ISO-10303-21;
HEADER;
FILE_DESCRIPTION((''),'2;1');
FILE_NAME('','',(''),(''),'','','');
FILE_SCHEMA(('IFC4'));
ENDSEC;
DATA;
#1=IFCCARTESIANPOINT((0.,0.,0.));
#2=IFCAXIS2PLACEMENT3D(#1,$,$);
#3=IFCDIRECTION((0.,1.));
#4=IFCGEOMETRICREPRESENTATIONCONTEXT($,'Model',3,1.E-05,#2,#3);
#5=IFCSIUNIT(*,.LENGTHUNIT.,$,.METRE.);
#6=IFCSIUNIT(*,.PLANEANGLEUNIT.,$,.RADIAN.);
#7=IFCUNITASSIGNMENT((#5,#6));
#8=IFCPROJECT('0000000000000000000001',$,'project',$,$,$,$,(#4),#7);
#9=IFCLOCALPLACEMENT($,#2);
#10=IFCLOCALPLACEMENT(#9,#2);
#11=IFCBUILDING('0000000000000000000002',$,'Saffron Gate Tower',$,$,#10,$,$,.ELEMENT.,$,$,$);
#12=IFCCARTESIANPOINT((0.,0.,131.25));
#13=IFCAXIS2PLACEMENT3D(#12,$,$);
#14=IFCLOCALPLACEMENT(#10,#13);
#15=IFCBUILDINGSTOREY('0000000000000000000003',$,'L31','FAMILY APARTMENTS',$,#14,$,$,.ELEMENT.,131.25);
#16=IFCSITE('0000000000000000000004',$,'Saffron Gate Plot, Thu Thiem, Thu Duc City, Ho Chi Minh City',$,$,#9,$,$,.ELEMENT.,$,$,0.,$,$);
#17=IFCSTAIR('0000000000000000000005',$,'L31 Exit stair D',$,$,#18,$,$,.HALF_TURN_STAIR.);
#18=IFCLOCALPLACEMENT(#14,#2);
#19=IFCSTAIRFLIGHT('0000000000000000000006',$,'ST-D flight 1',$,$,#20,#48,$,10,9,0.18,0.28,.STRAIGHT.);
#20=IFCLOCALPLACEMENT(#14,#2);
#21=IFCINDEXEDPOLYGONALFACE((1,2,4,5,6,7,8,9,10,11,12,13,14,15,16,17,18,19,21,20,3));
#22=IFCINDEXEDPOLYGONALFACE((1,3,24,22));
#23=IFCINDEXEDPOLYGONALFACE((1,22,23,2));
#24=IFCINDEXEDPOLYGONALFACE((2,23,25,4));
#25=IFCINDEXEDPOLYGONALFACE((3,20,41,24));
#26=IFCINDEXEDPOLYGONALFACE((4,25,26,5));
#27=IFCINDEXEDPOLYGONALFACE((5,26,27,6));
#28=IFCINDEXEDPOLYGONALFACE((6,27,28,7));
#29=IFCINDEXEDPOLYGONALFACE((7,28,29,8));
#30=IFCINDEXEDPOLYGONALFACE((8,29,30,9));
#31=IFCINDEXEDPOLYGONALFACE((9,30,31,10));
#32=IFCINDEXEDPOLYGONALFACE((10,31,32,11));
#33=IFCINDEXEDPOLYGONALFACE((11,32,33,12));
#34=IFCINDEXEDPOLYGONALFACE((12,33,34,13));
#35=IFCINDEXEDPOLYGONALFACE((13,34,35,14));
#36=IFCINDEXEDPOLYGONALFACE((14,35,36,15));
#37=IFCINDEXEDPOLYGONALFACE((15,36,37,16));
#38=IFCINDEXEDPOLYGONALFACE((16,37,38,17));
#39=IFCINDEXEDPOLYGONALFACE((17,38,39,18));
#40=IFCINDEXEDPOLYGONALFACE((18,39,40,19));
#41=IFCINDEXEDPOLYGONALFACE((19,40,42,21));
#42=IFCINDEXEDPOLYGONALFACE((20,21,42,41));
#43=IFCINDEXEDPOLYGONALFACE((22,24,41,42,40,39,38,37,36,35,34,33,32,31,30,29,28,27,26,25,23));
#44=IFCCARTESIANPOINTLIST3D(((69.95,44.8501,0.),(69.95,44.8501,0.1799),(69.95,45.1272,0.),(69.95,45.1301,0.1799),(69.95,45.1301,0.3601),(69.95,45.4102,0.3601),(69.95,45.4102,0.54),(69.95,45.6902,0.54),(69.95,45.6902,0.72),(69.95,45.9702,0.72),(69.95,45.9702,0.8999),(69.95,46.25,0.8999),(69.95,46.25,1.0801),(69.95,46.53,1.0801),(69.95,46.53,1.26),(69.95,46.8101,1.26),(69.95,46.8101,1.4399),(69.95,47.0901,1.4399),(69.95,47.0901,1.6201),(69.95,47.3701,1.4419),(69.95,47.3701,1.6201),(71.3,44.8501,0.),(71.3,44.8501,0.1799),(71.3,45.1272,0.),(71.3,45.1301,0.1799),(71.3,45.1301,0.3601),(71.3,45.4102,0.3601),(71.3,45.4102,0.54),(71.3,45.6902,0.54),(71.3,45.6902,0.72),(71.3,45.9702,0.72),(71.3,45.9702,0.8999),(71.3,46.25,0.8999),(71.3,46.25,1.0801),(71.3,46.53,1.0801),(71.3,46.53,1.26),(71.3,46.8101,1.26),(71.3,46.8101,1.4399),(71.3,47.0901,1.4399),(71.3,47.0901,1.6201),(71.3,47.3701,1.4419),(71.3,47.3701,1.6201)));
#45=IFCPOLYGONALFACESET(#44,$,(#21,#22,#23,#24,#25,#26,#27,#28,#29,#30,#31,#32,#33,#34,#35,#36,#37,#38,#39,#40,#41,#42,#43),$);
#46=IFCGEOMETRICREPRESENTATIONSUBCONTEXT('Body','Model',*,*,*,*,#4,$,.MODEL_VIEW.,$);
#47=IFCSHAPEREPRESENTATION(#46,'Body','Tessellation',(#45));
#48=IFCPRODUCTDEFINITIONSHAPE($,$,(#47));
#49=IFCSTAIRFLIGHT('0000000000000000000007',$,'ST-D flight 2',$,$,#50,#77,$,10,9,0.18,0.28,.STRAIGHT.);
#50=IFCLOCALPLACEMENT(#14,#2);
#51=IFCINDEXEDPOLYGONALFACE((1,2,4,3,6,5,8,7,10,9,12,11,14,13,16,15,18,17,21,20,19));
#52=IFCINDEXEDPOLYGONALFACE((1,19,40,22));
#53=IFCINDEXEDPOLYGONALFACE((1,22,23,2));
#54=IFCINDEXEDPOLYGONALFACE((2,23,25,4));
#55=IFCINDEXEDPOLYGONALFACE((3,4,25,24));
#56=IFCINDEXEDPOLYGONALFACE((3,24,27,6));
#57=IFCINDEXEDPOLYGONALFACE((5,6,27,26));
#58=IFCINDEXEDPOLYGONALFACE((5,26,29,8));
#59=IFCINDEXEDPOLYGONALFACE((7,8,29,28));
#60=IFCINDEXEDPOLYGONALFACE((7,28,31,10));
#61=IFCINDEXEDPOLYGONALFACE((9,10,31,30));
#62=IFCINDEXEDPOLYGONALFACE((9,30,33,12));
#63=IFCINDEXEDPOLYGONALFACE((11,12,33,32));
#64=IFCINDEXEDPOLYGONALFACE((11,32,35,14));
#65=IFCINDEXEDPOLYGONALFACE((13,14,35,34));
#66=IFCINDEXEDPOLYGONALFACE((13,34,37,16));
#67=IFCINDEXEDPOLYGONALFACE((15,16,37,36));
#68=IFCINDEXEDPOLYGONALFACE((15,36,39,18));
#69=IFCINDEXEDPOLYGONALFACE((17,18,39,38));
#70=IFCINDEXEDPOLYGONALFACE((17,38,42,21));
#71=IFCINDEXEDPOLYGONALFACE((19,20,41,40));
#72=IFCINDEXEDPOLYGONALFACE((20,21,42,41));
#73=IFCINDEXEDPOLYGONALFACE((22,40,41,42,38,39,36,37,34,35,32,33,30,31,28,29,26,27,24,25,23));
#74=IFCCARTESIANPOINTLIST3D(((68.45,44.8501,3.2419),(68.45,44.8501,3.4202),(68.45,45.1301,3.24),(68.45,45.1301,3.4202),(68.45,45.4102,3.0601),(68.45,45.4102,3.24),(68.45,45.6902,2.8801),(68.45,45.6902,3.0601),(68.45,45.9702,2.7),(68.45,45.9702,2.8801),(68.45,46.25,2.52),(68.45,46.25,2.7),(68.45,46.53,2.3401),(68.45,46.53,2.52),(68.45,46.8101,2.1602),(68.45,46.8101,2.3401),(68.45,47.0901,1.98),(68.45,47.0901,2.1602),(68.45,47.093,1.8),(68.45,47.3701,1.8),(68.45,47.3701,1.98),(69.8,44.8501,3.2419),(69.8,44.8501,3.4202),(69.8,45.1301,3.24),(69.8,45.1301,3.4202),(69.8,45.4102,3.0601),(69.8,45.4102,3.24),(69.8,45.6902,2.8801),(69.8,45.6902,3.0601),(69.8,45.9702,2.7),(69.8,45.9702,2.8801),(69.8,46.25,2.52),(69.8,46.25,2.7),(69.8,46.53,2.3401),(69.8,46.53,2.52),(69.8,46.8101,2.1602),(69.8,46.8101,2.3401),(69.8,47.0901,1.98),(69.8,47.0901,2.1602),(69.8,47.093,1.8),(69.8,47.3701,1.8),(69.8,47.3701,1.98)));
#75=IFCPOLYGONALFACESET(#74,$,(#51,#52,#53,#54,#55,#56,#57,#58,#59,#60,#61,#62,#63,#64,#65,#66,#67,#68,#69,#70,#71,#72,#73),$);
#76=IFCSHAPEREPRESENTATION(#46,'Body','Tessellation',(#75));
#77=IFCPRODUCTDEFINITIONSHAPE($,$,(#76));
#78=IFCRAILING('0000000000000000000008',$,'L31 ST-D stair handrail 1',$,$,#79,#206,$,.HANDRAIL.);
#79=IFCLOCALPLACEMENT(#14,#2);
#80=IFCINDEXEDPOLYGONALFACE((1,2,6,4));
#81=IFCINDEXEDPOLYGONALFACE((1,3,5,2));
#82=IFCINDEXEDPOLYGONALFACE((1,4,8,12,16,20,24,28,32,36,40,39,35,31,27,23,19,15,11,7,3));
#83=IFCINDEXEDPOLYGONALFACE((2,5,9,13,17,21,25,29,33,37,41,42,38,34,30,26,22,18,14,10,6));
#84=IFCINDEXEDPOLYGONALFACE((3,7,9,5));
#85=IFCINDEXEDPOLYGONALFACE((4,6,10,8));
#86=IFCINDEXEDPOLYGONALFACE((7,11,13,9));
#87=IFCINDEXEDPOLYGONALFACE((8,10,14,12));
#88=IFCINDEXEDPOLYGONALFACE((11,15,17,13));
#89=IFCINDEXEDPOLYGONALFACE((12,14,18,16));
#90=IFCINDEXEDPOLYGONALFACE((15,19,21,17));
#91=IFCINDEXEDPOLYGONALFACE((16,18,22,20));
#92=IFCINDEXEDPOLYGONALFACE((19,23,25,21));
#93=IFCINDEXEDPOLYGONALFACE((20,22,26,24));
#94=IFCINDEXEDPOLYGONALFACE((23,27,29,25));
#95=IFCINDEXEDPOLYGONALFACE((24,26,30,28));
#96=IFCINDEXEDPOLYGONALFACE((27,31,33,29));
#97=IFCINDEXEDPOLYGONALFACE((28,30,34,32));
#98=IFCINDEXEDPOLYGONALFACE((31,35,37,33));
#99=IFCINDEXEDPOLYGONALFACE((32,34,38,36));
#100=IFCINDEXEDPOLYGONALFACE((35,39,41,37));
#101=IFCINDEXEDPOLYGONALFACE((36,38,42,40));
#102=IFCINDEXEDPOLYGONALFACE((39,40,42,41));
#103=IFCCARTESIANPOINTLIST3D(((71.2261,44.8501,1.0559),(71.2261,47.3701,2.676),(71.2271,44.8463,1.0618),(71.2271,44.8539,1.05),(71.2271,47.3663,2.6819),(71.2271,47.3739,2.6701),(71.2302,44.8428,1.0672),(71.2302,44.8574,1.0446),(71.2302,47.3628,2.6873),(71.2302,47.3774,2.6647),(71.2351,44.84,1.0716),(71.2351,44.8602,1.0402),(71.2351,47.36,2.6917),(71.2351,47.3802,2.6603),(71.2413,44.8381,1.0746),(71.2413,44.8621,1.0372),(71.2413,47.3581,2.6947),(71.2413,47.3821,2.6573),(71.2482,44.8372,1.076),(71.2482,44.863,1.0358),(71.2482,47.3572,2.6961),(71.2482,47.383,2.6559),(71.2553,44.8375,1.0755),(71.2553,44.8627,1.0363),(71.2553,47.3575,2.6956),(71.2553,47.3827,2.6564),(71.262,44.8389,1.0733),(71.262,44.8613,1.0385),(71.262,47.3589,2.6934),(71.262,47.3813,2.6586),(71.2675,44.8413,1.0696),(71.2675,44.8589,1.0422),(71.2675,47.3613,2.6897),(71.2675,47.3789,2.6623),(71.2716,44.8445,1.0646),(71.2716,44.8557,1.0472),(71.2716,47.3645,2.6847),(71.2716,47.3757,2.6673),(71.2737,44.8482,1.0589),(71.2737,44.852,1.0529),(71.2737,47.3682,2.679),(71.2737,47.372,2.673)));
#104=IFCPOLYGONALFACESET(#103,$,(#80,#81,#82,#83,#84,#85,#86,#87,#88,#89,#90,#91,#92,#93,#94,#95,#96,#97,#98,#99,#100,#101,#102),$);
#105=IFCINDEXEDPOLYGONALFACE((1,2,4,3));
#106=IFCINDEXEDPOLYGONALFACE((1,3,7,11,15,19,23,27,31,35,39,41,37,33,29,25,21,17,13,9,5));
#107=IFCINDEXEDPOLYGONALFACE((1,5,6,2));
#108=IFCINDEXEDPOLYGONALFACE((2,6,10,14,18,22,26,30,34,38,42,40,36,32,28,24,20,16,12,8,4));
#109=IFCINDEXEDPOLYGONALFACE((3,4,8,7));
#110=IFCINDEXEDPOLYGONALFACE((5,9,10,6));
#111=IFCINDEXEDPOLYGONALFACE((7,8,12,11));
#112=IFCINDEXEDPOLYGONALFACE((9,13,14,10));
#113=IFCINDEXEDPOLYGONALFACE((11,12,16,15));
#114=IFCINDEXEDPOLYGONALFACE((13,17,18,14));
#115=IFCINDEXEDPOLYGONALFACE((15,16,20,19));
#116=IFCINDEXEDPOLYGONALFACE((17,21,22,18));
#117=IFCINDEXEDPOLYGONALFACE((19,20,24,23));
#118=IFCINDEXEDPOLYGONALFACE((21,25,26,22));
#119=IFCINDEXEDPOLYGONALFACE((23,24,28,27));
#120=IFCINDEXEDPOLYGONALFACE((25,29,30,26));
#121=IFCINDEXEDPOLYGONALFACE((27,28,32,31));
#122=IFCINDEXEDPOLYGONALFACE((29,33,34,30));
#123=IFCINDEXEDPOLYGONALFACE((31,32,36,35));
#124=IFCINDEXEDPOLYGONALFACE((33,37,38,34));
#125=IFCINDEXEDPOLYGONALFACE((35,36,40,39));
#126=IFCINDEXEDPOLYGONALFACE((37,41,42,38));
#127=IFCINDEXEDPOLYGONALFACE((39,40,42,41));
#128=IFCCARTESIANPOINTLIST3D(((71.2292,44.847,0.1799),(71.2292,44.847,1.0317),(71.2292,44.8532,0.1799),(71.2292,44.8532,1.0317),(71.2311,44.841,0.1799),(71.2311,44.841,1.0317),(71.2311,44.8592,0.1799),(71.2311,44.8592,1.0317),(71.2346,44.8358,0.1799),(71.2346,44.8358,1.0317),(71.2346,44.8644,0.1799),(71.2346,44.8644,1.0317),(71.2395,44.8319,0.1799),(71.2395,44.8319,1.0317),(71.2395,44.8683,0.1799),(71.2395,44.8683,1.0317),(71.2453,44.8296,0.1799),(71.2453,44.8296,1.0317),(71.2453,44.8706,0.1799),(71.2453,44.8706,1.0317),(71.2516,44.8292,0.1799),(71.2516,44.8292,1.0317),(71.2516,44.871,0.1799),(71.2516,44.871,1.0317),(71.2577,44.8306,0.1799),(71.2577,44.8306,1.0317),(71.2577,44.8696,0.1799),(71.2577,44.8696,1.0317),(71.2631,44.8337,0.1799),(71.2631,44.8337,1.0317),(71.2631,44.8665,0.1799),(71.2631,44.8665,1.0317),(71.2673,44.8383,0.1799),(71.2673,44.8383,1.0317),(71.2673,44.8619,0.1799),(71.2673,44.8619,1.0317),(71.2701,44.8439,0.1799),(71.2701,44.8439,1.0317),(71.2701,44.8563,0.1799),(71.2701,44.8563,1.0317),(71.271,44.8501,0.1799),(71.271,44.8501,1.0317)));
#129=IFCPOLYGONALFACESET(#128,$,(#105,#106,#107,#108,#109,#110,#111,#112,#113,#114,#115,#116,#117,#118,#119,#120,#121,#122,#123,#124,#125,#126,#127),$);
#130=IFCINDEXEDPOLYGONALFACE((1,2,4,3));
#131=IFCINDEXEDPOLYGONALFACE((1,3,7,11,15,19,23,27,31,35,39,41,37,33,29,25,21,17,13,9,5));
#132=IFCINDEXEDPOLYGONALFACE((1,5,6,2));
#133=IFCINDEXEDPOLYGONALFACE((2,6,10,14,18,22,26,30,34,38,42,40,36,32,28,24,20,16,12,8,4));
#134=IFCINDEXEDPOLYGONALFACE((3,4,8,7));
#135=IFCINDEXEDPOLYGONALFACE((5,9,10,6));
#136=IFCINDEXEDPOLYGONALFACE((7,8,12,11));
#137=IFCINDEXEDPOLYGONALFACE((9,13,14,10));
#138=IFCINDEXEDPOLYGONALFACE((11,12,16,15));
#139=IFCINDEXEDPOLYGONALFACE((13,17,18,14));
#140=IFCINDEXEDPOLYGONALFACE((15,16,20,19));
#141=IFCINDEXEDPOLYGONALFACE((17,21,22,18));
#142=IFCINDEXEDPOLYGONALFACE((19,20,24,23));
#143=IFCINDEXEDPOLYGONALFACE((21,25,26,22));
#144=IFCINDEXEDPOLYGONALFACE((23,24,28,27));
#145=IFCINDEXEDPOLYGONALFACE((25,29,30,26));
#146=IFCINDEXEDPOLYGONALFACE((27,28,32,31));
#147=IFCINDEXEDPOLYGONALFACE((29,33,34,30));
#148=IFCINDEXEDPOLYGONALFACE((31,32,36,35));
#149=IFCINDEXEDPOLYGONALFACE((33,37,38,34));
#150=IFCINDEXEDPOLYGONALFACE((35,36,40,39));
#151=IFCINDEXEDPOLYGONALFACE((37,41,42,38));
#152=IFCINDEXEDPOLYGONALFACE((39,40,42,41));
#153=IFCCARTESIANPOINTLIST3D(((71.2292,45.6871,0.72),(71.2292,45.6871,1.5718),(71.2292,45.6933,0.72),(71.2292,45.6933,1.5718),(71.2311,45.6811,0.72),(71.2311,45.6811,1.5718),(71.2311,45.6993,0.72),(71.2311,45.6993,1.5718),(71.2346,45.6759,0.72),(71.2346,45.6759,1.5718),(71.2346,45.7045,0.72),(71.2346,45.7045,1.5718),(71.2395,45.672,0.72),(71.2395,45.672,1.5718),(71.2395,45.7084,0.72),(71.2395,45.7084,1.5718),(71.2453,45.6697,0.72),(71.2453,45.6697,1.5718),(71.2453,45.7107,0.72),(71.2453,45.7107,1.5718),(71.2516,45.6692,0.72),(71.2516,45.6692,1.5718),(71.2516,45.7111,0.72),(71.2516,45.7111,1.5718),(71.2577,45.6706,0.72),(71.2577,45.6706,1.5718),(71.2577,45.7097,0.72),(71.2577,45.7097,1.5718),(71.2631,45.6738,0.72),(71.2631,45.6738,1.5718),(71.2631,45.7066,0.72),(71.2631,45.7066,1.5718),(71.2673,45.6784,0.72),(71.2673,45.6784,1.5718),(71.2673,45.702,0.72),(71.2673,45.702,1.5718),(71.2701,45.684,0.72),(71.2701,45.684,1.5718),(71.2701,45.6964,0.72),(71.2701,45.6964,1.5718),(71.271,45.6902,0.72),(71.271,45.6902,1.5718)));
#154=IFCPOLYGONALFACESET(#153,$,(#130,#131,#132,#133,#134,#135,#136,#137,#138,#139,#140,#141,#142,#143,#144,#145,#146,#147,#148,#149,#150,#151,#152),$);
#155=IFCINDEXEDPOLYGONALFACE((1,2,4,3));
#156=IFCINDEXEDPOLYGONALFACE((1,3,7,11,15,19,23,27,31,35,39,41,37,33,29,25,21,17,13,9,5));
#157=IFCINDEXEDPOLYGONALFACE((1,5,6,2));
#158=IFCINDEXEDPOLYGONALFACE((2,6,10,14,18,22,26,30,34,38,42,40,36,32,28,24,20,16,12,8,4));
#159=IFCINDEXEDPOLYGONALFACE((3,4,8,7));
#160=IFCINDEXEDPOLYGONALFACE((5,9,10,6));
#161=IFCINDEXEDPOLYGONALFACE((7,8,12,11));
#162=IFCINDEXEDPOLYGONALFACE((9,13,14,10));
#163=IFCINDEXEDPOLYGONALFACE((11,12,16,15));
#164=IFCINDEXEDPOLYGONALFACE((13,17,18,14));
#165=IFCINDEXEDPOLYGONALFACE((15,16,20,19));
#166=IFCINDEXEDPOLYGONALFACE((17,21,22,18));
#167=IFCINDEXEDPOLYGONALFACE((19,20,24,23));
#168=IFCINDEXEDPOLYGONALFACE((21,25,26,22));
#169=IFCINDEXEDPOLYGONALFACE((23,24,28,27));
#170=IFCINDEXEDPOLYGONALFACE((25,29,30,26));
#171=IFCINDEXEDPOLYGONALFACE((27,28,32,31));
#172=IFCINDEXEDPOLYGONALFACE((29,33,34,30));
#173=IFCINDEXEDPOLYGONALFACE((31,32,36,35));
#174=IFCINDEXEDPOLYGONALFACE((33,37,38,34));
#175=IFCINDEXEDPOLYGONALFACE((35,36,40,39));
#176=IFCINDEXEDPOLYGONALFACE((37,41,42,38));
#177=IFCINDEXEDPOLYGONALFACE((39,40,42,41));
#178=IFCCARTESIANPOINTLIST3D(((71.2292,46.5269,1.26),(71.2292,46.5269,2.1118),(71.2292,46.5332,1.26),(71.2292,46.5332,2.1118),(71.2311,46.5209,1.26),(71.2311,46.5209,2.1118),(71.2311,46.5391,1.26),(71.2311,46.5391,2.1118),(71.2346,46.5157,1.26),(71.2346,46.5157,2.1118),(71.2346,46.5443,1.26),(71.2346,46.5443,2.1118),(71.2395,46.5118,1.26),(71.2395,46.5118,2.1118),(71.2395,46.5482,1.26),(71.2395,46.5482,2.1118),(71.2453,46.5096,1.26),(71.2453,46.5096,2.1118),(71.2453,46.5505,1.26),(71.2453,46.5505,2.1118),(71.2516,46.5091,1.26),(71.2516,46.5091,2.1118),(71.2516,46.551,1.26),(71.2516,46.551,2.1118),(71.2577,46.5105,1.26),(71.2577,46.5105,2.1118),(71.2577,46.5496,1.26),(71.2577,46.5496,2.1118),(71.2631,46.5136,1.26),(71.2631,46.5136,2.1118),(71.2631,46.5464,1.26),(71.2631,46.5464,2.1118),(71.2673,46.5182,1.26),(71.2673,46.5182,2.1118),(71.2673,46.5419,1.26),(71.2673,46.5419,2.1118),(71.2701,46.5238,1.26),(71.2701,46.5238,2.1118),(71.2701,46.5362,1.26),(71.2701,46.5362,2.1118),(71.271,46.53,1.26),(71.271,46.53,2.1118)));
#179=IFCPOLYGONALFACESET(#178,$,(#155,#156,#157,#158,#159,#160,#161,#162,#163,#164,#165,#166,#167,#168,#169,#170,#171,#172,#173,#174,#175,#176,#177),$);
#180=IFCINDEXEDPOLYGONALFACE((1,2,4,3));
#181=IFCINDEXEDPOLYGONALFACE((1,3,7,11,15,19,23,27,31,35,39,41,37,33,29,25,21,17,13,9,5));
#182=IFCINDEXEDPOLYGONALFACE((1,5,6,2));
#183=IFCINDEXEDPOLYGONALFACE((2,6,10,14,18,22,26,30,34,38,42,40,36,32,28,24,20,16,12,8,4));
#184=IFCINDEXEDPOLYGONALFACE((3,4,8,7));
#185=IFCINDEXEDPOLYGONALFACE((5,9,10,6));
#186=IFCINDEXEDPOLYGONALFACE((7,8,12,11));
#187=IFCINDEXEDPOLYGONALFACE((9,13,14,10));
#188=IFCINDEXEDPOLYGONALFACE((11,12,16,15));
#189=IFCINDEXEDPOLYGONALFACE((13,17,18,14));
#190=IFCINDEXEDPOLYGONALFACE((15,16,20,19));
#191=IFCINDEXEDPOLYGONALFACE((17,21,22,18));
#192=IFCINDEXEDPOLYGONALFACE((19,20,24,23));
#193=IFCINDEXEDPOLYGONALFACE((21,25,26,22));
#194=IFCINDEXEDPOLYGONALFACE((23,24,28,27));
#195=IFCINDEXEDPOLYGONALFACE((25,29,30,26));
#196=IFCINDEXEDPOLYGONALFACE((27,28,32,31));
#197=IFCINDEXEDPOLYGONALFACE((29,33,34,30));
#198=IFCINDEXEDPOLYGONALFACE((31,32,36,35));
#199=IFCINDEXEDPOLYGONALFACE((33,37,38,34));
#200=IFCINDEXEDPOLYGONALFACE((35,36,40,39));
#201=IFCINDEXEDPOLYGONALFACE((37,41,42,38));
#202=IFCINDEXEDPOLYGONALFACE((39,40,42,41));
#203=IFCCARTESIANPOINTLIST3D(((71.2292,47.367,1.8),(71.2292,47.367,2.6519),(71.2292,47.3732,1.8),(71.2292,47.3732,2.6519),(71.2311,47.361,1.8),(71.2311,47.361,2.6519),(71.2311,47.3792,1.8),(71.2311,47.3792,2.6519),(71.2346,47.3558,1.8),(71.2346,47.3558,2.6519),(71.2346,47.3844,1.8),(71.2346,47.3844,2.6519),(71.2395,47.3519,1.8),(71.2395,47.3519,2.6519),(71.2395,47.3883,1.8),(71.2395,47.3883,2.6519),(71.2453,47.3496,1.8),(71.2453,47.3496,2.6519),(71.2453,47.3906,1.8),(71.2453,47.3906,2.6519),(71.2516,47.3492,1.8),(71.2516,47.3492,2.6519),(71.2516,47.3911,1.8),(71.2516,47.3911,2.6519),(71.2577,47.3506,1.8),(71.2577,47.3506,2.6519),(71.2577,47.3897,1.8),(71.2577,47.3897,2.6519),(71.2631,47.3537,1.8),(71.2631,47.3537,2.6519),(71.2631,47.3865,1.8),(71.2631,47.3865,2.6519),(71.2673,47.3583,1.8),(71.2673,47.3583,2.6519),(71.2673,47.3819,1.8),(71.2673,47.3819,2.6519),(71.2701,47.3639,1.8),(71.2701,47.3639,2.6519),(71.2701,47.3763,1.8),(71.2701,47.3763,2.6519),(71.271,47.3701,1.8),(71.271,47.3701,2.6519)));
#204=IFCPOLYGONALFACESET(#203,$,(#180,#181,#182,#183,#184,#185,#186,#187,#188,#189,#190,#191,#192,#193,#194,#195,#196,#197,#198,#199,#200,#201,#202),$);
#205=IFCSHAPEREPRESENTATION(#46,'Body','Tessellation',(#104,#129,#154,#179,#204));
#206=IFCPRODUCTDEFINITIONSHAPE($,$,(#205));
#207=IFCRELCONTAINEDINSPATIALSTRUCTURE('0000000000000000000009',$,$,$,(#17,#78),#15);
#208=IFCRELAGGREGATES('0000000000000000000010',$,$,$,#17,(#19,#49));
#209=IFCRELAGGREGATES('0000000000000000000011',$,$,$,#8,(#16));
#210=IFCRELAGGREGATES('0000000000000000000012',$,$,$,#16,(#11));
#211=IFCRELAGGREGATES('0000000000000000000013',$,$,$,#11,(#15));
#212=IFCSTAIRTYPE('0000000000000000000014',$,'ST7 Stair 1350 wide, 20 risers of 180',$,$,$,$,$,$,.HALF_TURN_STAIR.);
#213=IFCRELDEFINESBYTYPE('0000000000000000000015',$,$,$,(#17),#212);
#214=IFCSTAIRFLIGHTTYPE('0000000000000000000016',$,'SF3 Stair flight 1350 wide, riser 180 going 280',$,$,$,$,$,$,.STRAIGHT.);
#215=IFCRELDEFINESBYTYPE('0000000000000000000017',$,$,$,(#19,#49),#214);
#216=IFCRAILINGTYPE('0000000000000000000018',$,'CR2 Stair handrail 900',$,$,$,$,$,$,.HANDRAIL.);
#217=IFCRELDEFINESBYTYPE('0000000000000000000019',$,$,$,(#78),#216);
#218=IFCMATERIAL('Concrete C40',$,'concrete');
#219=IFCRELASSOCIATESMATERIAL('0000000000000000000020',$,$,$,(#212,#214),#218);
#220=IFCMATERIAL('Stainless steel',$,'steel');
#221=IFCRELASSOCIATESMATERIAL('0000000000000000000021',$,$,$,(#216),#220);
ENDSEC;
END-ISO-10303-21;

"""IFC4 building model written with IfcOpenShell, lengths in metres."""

from ifc_helpers import new_model, si_unit, direction, frame, origin, origin_2d, place, context, subcontext, project, spatial, polyline, circle, outline, extrude, material, type_object, element, aggregate, save


model = new_model("IFC4")

# Units and contexts
model_context = context("Model", 3, precision=1e-05, world=origin(), true_north=direction((0.0, 1.0)))
body_context = subcontext(model_context, "Body", "Model", "MODEL_VIEW")
ifc_project = project(units=[si_unit("LENGTHUNIT", "METRE"), si_unit("PLANEANGLEUNIT", "RADIAN")], contexts=[model_context])

# Site, building, storey
site_placement = place(None, origin())
site = spatial("IfcSite", under=ifc_project, at=site_placement, Name="Saffron Gate Plot, Thu Thiem, Thu Duc City, Ho Chi Minh City", CompositionType="ELEMENT", RefElevation=0.0)
building_placement = place(site_placement, origin())
building = spatial("IfcBuilding", under=site, at=building_placement, Name="Saffron Gate Tower", CompositionType="ELEMENT")
storey_placement = place(building_placement, frame((0.0, 0.0, 131.25)))
storey = spatial("IfcBuildingStorey", under=building, at=storey_placement, Name="L31", Description="FAMILY APARTMENTS", CompositionType="ELEMENT", Elevation=131.25)

# Stair, stair flights
ifc_material_1 = material(Name="Concrete C40", Category="concrete")
stair_type = type_object("IfcStairType", Name="ST7 Stair 1350 wide, 20 risers of 180", PredefinedType="HALF_TURN_STAIR", material=ifc_material_1)
stair_placement = place(storey_placement, origin())
stair = element("IfcStair", 1, at=stair_placement, inside=storey, type_object=stair_type, Name="L31 Exit stair D", PredefinedType="HALF_TURN_STAIR")
stair_flight_type = type_object("IfcStairFlightType", Name="SF3 Stair flight 1350 wide, riser 180 going 280", PredefinedType="STRAIGHT", material=ifc_material_1)
stair_flight_1_placement = place(storey_placement, frame((70.625, 44.8501, 0.0), z_axis=(0.0, 0.0, 1.0), x_axis=(0.0, 1.0, 0.0)))
stair_flight_1 = element("IfcStairFlight", 2, at=stair_flight_1_placement, type_object=stair_flight_type, Name="ST-D flight 1", NumberOfRisers=10, NumberOfTreads=9, PredefinedType="STRAIGHT", RiserHeight=0.18, TreadLength=0.28, context=body_context, shape_type="SweptSolid", body=[
    extrude(outline(polyline([(0.0, 0.0), (0.0, 0.1799), (0.28, 0.1799), (0.28, 0.3601), (0.5601, 0.3601), (0.5601, 0.54), (0.8401, 0.54), (0.8401, 0.72), (1.1201, 0.72), (1.1201, 0.8999), (1.3999, 0.8999), (1.3999, 1.0801), (1.6799, 1.0801), (1.6799, 1.26), (1.96, 1.26), (1.96, 1.4399), (2.24, 1.4399), (2.24, 1.6201), (2.52, 1.6201), (2.52, 1.8), (2.52, 1.4419), (0.2771, 0.0), (0.0, 0.0)])), frame((0.0, 0.675, 0.0), z_axis=(0.0, -1.0, 0.0), x_axis=(1.0, 0.0, 0.0)), (0.0, 0.0, 1.0), 1.3501),
])
stair_flight_2_placement = place(storey_placement, frame((69.125, 47.3701, 1.8), z_axis=(0.0, 0.0, 1.0), x_axis=(0.0, -1.0, 0.0)))
stair_flight_2 = element("IfcStairFlight", 3, at=stair_flight_2_placement, type_object=stair_flight_type, Name="ST-D flight 2", NumberOfRisers=10, NumberOfTreads=9, PredefinedType="STRAIGHT", RiserHeight=0.18, TreadLength=0.28, context=body_context, shape_type="SweptSolid", body=[
    extrude(outline(polyline([(0.0, 0.0), (0.0, 0.1799), (0.28, 0.1799), (0.28, 0.3601), (0.5601, 0.3601), (0.5601, 0.54), (0.8401, 0.54), (0.8401, 0.72), (1.1201, 0.72), (1.1201, 0.8999), (1.3999, 0.8999), (1.3999, 1.0801), (1.6799, 1.0801), (1.6799, 1.26), (1.96, 1.26), (1.96, 1.4399), (2.24, 1.4399), (2.24, 1.6201), (2.52, 1.6201), (2.52, 1.8), (2.52, 1.4419), (0.2771, 0.0), (0.0, 0.0)])), frame((0.0, 0.675, 0.0), z_axis=(0.0, -1.0, 0.0), x_axis=(1.0, 0.0, 0.0)), (0.0, 0.0, 1.0), 1.3501),
])
aggregate(stair, [stair_flight_1, stair_flight_2])

# Railing
ifc_material_2 = material(Name="Stainless steel", Category="steel")
railing_type_1 = type_object("IfcRailingType", Name="CR2 Stair handrail 900", PredefinedType="HANDRAIL", material=ifc_material_2)
railing_1_placement = place(storey_placement, frame((71.25, 44.8501, 0.1799)))
element("IfcRailing", 4, at=railing_1_placement, inside=storey, type_object=railing_type_1, Name="L31 ST-D stair handrail 1", PredefinedType="HANDRAIL", context=body_context, shape_type="SweptSolid", body=[
    extrude(circle(Radius=0.0239, at=origin_2d()), frame((0.0, 0.0, 0.876), z_axis=(0.0, 0.841163, 0.540782), x_axis=(-1.0, 0.0, 0.0)), (0.0, 0.0, 1.0), 2.9958),
    extrude(circle(Radius=0.021, at=origin_2d()), origin(), (0.0, 0.0, 1.0), 0.8518),
    extrude(circle(Radius=0.021, at=origin_2d()), frame((0.0, 0.8401, 0.54)), (0.0, 0.0, 1.0), 0.8518),
    extrude(circle(Radius=0.021, at=origin_2d()), frame((0.0, 1.6799, 1.0801)), (0.0, 0.0, 1.0), 0.8518),
    extrude(circle(Radius=0.021, at=origin_2d()), frame((0.0, 2.52, 1.6201)), (0.0, 0.0, 1.0), 0.8518),
])

save(model, "model.ifc")
